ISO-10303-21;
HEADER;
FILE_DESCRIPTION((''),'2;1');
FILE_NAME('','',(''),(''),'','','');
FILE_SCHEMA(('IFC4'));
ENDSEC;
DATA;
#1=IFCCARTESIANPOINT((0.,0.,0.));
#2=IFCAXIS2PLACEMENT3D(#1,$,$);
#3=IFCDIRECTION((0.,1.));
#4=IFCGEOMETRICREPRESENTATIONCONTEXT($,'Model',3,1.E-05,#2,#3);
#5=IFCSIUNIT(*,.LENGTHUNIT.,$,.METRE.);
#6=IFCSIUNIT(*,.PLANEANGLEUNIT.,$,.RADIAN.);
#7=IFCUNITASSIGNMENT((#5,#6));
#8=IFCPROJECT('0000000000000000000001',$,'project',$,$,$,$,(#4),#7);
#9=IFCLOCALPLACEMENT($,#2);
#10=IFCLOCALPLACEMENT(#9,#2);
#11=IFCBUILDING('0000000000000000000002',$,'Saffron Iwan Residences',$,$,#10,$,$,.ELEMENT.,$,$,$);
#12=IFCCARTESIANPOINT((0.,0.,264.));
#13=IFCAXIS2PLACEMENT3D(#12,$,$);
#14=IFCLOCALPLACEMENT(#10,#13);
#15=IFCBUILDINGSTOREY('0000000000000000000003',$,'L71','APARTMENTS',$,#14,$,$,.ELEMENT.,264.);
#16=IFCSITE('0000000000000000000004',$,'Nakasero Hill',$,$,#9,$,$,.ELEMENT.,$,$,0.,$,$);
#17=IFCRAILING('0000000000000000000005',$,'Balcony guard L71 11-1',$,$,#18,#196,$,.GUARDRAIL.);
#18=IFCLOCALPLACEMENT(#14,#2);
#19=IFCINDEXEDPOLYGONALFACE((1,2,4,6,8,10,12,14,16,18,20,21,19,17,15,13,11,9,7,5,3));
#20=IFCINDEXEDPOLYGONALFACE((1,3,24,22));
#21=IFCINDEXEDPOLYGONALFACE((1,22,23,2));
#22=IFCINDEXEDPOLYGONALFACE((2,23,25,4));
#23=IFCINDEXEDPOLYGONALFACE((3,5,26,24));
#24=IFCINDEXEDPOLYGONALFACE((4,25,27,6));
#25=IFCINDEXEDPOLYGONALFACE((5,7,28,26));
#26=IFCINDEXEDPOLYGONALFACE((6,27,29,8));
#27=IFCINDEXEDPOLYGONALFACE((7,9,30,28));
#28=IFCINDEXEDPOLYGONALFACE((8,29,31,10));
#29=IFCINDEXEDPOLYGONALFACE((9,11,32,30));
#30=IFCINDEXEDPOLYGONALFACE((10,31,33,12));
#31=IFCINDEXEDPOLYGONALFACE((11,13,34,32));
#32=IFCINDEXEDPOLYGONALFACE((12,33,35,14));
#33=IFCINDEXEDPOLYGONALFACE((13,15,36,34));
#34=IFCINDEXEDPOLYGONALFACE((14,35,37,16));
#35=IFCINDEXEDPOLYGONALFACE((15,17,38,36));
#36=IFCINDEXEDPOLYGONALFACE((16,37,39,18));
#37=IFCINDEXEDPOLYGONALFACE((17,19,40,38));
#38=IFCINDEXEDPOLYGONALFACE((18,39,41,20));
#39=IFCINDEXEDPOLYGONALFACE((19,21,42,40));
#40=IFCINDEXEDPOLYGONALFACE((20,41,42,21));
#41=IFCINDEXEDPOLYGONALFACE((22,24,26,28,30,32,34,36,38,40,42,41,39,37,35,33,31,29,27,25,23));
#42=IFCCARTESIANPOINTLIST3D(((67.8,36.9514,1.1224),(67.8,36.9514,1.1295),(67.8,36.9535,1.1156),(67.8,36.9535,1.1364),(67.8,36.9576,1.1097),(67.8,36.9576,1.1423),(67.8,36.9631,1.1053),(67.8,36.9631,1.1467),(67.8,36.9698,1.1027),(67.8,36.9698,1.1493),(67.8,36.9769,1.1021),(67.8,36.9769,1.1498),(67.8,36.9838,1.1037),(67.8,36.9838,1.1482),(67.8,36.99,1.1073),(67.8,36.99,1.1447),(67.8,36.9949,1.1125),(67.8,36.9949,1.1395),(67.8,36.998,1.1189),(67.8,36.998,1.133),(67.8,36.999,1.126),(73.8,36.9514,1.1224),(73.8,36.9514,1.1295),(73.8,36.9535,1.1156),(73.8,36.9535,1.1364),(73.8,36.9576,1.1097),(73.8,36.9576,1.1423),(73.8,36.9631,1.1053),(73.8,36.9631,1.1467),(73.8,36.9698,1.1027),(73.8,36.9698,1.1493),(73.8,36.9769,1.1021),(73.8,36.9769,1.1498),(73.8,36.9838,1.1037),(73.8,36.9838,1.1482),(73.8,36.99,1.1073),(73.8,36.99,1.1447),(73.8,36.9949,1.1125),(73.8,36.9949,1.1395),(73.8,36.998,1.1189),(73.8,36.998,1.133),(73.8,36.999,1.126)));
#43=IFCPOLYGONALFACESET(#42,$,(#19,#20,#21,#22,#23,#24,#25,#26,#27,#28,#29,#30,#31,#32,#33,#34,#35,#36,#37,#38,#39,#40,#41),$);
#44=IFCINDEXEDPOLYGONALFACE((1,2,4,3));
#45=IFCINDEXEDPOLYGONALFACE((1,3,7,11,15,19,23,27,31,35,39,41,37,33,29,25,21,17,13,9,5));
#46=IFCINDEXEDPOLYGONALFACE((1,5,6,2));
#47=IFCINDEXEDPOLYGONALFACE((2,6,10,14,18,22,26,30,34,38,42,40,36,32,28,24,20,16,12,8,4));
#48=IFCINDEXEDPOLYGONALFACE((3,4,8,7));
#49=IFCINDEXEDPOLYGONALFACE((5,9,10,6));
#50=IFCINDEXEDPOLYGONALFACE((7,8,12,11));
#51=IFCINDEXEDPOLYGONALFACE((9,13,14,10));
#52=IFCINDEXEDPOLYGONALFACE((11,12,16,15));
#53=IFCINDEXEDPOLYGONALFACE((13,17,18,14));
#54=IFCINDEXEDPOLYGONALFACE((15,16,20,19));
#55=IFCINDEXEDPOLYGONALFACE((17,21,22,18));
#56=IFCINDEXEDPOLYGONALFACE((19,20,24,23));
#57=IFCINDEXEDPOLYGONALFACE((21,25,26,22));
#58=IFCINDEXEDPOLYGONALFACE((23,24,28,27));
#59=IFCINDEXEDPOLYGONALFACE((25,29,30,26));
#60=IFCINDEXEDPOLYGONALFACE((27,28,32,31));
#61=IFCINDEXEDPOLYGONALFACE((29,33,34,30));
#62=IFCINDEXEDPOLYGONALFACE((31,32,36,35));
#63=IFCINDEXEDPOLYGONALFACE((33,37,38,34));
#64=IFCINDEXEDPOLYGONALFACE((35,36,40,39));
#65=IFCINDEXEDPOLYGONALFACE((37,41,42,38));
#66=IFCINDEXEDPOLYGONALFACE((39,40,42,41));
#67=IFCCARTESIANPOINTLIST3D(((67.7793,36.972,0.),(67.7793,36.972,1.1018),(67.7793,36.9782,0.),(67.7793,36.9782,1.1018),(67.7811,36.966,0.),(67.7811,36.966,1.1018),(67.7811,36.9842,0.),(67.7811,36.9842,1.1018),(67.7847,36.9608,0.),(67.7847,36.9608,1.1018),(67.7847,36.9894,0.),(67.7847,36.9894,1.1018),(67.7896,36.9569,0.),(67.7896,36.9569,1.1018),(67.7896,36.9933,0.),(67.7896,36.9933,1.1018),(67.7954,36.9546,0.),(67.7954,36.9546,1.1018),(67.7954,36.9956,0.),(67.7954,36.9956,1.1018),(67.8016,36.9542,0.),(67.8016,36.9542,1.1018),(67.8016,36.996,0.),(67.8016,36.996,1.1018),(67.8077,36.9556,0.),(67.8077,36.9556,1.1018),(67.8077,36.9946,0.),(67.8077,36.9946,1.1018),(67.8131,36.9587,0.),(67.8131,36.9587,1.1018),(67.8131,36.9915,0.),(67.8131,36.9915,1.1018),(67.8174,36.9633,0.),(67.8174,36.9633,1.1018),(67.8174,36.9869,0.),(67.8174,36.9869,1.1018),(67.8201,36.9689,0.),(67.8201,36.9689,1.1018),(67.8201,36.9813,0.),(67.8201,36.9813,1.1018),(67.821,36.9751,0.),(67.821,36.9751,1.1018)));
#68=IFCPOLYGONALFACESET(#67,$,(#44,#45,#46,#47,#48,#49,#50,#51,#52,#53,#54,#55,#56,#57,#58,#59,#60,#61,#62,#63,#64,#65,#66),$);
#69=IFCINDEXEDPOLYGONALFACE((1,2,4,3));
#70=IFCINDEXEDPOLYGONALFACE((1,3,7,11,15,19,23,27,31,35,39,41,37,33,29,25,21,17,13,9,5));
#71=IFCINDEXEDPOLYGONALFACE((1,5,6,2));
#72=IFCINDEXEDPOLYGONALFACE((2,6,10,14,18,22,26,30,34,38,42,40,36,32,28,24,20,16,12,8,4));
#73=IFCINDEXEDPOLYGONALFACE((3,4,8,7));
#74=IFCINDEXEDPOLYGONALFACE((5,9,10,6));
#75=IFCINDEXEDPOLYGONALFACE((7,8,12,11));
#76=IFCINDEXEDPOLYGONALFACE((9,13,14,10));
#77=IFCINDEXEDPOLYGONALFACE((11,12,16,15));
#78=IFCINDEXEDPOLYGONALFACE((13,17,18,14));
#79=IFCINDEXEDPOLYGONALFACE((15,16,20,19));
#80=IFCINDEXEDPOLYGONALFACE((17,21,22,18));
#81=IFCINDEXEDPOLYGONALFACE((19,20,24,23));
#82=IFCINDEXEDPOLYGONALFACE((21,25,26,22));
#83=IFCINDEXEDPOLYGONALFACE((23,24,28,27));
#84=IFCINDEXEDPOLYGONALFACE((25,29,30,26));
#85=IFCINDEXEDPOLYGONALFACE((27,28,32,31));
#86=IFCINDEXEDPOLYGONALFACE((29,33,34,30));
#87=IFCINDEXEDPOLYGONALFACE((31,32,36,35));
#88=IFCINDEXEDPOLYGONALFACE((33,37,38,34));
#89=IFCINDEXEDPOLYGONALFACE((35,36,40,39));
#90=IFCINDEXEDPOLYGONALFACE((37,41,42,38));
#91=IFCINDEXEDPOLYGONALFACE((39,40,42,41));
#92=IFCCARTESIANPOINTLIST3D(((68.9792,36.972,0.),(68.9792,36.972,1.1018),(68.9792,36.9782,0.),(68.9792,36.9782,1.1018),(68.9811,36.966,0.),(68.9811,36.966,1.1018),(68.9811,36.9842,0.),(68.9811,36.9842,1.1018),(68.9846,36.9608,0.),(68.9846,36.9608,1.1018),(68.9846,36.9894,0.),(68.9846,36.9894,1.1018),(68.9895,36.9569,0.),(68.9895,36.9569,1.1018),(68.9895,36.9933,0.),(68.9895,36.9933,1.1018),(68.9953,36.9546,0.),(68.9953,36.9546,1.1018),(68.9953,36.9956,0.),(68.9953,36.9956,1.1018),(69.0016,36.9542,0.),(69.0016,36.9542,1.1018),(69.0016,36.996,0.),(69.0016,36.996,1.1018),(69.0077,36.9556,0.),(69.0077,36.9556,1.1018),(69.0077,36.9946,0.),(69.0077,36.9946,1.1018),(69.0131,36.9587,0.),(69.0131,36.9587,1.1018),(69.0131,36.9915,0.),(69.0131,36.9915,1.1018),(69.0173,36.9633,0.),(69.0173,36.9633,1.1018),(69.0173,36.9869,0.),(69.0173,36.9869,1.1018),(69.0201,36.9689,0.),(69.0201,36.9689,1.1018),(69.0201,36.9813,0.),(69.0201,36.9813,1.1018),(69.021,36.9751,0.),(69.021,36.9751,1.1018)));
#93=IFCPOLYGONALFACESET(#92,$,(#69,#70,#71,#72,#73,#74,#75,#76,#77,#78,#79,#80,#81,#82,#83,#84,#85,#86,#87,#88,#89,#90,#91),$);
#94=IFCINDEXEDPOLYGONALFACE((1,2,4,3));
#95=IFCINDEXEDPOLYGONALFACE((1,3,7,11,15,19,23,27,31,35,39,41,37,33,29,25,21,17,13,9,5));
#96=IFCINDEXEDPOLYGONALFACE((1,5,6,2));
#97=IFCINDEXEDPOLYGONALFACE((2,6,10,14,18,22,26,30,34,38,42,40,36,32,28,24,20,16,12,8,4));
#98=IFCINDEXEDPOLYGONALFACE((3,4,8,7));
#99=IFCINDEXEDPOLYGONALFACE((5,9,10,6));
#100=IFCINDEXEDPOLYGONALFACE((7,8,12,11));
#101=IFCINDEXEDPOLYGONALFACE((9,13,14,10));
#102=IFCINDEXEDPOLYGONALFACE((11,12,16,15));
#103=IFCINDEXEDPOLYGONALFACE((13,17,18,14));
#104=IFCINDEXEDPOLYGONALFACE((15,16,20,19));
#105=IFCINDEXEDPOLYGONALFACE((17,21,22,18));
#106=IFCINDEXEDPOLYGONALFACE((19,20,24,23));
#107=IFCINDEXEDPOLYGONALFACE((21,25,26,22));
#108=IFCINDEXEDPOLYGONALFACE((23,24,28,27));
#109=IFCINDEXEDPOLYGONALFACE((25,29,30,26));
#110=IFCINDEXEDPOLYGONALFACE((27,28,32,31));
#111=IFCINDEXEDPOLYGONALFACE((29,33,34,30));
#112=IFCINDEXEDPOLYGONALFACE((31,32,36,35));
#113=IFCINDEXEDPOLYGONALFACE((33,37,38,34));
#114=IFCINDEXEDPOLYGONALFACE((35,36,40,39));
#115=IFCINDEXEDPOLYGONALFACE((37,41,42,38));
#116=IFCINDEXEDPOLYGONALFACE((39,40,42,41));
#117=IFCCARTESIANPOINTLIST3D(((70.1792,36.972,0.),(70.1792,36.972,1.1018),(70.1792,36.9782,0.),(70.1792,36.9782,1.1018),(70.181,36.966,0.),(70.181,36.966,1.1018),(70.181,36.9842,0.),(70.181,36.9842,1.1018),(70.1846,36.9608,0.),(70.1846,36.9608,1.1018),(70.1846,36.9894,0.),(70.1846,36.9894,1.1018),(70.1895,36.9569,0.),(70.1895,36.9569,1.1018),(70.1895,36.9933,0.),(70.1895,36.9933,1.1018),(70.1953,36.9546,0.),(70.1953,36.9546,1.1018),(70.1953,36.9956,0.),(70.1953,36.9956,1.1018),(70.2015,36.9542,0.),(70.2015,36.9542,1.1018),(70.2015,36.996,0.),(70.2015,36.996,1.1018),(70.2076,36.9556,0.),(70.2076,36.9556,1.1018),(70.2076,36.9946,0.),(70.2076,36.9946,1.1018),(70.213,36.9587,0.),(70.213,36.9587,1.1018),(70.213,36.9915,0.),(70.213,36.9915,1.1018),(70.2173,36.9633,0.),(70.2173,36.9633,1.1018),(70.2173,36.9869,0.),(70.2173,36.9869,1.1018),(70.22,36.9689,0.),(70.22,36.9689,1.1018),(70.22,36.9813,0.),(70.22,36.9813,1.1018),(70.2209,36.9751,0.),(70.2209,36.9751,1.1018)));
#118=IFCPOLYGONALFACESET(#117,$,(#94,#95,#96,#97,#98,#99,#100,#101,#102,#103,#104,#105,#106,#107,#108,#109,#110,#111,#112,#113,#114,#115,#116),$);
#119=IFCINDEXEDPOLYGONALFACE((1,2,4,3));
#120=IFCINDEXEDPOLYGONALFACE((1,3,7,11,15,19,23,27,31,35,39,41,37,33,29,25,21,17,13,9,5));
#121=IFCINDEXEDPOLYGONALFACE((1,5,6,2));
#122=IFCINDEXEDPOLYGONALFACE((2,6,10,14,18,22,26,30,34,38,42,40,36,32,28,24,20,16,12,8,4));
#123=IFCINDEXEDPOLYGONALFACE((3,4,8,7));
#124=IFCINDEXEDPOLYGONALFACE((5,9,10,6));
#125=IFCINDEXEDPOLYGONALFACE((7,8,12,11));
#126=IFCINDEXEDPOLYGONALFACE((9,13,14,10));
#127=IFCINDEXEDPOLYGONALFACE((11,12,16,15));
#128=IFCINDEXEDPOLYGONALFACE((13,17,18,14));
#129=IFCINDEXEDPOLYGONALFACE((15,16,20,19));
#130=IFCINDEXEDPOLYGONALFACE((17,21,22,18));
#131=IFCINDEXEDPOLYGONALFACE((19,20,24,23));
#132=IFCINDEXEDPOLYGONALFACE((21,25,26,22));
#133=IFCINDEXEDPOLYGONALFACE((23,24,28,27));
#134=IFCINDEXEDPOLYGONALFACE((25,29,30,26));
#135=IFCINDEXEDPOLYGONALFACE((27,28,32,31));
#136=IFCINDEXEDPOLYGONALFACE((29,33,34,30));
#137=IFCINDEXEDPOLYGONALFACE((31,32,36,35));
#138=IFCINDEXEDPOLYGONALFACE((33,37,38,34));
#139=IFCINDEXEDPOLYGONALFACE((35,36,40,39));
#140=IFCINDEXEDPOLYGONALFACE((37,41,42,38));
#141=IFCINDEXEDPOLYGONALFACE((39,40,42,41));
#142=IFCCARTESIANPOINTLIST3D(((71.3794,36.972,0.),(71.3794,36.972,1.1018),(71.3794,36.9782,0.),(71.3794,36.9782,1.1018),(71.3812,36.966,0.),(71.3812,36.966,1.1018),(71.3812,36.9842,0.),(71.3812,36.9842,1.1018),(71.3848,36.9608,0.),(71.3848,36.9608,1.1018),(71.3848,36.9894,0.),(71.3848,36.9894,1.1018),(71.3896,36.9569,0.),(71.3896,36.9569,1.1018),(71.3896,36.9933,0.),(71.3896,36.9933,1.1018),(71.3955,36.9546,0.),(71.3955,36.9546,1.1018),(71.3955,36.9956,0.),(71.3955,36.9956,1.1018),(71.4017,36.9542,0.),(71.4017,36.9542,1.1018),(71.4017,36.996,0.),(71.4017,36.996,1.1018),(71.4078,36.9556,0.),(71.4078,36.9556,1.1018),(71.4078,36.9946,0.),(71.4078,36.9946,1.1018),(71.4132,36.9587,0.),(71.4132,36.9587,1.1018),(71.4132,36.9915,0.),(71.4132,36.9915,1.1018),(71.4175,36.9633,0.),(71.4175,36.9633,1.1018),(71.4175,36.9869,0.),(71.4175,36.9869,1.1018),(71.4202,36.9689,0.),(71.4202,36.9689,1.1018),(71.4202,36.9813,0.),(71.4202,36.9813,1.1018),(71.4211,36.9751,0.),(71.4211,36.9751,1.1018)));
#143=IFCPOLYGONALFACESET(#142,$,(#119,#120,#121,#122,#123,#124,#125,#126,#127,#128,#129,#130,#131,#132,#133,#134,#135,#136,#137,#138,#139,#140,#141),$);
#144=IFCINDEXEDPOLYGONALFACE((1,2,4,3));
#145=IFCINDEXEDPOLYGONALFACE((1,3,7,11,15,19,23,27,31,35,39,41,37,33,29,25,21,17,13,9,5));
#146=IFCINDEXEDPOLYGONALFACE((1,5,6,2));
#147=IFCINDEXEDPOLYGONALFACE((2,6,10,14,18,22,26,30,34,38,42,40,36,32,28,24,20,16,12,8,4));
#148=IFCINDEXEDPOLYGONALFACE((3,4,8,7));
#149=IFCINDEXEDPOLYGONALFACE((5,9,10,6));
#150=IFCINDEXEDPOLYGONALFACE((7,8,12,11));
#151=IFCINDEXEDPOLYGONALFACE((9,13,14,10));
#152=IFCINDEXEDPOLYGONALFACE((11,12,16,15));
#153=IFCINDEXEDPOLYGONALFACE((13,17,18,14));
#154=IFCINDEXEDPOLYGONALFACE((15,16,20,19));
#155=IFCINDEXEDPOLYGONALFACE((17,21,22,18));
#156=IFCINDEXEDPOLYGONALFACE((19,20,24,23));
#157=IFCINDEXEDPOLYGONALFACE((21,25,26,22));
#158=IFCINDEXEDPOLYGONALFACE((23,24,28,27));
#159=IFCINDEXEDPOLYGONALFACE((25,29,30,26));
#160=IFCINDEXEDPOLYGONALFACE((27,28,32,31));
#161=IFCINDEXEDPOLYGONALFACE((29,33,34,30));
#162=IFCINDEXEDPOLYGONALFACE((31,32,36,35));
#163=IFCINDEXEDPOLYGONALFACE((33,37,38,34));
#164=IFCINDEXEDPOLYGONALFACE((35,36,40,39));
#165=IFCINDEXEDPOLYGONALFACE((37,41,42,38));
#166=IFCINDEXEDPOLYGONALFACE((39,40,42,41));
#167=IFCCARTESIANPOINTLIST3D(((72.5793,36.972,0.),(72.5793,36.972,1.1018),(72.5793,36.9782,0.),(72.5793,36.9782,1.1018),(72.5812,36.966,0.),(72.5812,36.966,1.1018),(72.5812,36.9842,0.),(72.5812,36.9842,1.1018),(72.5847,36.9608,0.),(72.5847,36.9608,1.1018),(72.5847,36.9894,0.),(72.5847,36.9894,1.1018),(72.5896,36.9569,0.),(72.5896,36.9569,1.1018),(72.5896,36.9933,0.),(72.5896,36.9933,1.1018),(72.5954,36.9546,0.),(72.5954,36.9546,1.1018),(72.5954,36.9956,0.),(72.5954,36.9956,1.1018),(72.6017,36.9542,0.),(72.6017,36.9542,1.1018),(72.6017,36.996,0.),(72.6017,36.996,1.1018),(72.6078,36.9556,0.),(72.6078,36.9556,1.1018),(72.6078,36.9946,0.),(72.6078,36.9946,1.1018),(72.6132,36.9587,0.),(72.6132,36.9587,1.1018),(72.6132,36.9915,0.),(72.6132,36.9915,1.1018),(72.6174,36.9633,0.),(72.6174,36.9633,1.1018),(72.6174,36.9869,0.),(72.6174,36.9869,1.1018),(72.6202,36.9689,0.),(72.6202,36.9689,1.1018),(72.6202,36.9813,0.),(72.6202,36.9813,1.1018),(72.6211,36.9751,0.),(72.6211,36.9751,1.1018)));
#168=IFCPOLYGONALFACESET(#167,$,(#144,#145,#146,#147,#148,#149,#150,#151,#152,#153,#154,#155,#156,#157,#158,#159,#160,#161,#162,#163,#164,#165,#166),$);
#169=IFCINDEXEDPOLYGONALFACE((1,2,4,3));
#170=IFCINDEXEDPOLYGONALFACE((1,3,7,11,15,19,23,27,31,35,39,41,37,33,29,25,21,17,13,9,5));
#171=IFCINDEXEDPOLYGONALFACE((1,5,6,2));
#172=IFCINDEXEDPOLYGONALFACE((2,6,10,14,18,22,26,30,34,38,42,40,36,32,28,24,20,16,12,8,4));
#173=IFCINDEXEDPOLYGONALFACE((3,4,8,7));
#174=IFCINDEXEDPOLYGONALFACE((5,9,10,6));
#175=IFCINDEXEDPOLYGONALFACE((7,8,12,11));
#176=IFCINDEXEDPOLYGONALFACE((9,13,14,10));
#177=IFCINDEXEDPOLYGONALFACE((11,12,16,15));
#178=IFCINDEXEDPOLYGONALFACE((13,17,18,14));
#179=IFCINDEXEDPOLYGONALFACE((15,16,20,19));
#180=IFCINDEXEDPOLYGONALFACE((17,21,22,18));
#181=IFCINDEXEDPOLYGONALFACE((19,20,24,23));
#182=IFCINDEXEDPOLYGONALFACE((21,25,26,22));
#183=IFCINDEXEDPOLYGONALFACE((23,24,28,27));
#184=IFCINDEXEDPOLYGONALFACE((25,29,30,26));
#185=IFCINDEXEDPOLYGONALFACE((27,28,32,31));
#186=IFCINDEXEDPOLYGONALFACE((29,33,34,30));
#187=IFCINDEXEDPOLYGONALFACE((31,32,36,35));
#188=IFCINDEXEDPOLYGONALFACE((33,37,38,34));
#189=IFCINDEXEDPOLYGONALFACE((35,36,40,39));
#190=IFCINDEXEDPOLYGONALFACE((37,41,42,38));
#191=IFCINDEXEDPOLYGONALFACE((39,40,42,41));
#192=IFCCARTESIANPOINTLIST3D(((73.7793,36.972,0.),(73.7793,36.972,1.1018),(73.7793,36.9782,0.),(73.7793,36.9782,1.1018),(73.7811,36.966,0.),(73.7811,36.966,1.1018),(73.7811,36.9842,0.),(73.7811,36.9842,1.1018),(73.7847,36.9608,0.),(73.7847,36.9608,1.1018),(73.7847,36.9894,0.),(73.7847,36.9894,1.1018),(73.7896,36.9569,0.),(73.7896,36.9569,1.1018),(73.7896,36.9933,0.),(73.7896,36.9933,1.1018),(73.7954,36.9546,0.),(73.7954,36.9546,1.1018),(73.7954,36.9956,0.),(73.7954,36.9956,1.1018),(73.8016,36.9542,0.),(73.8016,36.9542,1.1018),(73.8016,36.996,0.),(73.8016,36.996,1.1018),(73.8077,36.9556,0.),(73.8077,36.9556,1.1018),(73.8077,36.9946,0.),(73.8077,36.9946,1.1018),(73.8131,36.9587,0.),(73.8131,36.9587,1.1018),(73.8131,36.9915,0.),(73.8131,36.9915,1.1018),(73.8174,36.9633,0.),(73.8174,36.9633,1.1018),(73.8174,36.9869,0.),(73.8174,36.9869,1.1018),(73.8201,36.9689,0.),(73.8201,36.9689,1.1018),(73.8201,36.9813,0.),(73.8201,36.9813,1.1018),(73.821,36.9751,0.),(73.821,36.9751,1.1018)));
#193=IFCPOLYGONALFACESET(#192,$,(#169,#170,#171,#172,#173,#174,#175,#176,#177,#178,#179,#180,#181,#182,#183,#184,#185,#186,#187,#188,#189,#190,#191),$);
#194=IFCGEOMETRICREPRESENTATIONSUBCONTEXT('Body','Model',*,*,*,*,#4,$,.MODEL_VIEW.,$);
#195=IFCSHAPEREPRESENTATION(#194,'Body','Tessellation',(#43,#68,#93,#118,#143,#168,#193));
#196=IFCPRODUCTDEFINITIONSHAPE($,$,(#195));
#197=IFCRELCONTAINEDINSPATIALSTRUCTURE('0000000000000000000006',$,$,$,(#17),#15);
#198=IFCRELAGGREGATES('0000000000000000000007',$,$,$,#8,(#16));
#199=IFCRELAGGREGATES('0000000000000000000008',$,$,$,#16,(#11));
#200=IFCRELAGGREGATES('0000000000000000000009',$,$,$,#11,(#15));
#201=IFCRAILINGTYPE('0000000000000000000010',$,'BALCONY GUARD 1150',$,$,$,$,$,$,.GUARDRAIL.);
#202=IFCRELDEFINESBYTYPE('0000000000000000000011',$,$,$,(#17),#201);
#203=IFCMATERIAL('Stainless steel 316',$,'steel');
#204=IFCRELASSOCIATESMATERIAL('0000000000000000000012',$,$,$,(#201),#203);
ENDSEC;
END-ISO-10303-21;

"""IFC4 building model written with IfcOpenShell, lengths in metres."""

from ifc_helpers import new_model, si_unit, direction, frame, origin, origin_2d, place, context, subcontext, project, spatial, circle, extrude, material, type_object, element, save


model = new_model("IFC4")

# Units and contexts
model_context = context("Model", 3, precision=1e-05, world=origin(), true_north=direction((0.0, 1.0)))
body_context = subcontext(model_context, "Body", "Model", "MODEL_VIEW")
ifc_project = project(units=[si_unit("LENGTHUNIT", "METRE"), si_unit("PLANEANGLEUNIT", "RADIAN")], contexts=[model_context])

# Site, building, storey
site_placement = place(None, origin())
site = spatial("IfcSite", under=ifc_project, at=site_placement, Name="Nakasero Hill", CompositionType="ELEMENT", RefElevation=0.0)
building_placement = place(site_placement, origin())
building = spatial("IfcBuilding", under=site, at=building_placement, Name="Saffron Iwan Residences", CompositionType="ELEMENT")
storey_placement = place(building_placement, frame((0.0, 0.0, 264.0)))
storey = spatial("IfcBuildingStorey", under=building, at=storey_placement, Name="L71", Description="APARTMENTS", CompositionType="ELEMENT", Elevation=264.0)

# Railing
ifc_material_1 = material(Name="Stainless steel 316", Category="steel")
railing_type = type_object("IfcRailingType", Name="BALCONY GUARD 1150", PredefinedType="GUARDRAIL", material=ifc_material_1)
railing_placement = place(storey_placement, frame((67.8, 36.9751, 0.0)))
element("IfcRailing", 1, at=railing_placement, inside=storey, type_object=railing_type, Name="Balcony guard L71 11-1", PredefinedType="GUARDRAIL", context=body_context, shape_type="SweptSolid", body=[
    extrude(circle(Radius=0.0239, at=origin_2d()), frame((0.0, 0.0, 1.126), z_axis=(1.0, 0.0, 0.0), x_axis=(0.0, 1.0, 0.0)), (0.0, 0.0, 1.0), 6.0),
    extrude(circle(Radius=0.021, at=origin_2d()), origin(), (0.0, 0.0, 1.0), 1.1018),
    extrude(circle(Radius=0.021, at=origin_2d()), frame((1.2, 0.0, 0.0)), (0.0, 0.0, 1.0), 1.1018),
    extrude(circle(Radius=0.021, at=origin_2d()), frame((2.3999, 0.0, 0.0)), (0.0, 0.0, 1.0), 1.1018),
    extrude(circle(Radius=0.021, at=origin_2d()), frame((3.6001, 0.0, 0.0)), (0.0, 0.0, 1.0), 1.1018),
    extrude(circle(Radius=0.021, at=origin_2d()), frame((4.8, 0.0, 0.0)), (0.0, 0.0, 1.0), 1.1018),
    extrude(circle(Radius=0.021, at=origin_2d()), frame((6.0, 0.0, 0.0)), (0.0, 0.0, 1.0), 1.1018),
])

save(model, "model.ifc")
